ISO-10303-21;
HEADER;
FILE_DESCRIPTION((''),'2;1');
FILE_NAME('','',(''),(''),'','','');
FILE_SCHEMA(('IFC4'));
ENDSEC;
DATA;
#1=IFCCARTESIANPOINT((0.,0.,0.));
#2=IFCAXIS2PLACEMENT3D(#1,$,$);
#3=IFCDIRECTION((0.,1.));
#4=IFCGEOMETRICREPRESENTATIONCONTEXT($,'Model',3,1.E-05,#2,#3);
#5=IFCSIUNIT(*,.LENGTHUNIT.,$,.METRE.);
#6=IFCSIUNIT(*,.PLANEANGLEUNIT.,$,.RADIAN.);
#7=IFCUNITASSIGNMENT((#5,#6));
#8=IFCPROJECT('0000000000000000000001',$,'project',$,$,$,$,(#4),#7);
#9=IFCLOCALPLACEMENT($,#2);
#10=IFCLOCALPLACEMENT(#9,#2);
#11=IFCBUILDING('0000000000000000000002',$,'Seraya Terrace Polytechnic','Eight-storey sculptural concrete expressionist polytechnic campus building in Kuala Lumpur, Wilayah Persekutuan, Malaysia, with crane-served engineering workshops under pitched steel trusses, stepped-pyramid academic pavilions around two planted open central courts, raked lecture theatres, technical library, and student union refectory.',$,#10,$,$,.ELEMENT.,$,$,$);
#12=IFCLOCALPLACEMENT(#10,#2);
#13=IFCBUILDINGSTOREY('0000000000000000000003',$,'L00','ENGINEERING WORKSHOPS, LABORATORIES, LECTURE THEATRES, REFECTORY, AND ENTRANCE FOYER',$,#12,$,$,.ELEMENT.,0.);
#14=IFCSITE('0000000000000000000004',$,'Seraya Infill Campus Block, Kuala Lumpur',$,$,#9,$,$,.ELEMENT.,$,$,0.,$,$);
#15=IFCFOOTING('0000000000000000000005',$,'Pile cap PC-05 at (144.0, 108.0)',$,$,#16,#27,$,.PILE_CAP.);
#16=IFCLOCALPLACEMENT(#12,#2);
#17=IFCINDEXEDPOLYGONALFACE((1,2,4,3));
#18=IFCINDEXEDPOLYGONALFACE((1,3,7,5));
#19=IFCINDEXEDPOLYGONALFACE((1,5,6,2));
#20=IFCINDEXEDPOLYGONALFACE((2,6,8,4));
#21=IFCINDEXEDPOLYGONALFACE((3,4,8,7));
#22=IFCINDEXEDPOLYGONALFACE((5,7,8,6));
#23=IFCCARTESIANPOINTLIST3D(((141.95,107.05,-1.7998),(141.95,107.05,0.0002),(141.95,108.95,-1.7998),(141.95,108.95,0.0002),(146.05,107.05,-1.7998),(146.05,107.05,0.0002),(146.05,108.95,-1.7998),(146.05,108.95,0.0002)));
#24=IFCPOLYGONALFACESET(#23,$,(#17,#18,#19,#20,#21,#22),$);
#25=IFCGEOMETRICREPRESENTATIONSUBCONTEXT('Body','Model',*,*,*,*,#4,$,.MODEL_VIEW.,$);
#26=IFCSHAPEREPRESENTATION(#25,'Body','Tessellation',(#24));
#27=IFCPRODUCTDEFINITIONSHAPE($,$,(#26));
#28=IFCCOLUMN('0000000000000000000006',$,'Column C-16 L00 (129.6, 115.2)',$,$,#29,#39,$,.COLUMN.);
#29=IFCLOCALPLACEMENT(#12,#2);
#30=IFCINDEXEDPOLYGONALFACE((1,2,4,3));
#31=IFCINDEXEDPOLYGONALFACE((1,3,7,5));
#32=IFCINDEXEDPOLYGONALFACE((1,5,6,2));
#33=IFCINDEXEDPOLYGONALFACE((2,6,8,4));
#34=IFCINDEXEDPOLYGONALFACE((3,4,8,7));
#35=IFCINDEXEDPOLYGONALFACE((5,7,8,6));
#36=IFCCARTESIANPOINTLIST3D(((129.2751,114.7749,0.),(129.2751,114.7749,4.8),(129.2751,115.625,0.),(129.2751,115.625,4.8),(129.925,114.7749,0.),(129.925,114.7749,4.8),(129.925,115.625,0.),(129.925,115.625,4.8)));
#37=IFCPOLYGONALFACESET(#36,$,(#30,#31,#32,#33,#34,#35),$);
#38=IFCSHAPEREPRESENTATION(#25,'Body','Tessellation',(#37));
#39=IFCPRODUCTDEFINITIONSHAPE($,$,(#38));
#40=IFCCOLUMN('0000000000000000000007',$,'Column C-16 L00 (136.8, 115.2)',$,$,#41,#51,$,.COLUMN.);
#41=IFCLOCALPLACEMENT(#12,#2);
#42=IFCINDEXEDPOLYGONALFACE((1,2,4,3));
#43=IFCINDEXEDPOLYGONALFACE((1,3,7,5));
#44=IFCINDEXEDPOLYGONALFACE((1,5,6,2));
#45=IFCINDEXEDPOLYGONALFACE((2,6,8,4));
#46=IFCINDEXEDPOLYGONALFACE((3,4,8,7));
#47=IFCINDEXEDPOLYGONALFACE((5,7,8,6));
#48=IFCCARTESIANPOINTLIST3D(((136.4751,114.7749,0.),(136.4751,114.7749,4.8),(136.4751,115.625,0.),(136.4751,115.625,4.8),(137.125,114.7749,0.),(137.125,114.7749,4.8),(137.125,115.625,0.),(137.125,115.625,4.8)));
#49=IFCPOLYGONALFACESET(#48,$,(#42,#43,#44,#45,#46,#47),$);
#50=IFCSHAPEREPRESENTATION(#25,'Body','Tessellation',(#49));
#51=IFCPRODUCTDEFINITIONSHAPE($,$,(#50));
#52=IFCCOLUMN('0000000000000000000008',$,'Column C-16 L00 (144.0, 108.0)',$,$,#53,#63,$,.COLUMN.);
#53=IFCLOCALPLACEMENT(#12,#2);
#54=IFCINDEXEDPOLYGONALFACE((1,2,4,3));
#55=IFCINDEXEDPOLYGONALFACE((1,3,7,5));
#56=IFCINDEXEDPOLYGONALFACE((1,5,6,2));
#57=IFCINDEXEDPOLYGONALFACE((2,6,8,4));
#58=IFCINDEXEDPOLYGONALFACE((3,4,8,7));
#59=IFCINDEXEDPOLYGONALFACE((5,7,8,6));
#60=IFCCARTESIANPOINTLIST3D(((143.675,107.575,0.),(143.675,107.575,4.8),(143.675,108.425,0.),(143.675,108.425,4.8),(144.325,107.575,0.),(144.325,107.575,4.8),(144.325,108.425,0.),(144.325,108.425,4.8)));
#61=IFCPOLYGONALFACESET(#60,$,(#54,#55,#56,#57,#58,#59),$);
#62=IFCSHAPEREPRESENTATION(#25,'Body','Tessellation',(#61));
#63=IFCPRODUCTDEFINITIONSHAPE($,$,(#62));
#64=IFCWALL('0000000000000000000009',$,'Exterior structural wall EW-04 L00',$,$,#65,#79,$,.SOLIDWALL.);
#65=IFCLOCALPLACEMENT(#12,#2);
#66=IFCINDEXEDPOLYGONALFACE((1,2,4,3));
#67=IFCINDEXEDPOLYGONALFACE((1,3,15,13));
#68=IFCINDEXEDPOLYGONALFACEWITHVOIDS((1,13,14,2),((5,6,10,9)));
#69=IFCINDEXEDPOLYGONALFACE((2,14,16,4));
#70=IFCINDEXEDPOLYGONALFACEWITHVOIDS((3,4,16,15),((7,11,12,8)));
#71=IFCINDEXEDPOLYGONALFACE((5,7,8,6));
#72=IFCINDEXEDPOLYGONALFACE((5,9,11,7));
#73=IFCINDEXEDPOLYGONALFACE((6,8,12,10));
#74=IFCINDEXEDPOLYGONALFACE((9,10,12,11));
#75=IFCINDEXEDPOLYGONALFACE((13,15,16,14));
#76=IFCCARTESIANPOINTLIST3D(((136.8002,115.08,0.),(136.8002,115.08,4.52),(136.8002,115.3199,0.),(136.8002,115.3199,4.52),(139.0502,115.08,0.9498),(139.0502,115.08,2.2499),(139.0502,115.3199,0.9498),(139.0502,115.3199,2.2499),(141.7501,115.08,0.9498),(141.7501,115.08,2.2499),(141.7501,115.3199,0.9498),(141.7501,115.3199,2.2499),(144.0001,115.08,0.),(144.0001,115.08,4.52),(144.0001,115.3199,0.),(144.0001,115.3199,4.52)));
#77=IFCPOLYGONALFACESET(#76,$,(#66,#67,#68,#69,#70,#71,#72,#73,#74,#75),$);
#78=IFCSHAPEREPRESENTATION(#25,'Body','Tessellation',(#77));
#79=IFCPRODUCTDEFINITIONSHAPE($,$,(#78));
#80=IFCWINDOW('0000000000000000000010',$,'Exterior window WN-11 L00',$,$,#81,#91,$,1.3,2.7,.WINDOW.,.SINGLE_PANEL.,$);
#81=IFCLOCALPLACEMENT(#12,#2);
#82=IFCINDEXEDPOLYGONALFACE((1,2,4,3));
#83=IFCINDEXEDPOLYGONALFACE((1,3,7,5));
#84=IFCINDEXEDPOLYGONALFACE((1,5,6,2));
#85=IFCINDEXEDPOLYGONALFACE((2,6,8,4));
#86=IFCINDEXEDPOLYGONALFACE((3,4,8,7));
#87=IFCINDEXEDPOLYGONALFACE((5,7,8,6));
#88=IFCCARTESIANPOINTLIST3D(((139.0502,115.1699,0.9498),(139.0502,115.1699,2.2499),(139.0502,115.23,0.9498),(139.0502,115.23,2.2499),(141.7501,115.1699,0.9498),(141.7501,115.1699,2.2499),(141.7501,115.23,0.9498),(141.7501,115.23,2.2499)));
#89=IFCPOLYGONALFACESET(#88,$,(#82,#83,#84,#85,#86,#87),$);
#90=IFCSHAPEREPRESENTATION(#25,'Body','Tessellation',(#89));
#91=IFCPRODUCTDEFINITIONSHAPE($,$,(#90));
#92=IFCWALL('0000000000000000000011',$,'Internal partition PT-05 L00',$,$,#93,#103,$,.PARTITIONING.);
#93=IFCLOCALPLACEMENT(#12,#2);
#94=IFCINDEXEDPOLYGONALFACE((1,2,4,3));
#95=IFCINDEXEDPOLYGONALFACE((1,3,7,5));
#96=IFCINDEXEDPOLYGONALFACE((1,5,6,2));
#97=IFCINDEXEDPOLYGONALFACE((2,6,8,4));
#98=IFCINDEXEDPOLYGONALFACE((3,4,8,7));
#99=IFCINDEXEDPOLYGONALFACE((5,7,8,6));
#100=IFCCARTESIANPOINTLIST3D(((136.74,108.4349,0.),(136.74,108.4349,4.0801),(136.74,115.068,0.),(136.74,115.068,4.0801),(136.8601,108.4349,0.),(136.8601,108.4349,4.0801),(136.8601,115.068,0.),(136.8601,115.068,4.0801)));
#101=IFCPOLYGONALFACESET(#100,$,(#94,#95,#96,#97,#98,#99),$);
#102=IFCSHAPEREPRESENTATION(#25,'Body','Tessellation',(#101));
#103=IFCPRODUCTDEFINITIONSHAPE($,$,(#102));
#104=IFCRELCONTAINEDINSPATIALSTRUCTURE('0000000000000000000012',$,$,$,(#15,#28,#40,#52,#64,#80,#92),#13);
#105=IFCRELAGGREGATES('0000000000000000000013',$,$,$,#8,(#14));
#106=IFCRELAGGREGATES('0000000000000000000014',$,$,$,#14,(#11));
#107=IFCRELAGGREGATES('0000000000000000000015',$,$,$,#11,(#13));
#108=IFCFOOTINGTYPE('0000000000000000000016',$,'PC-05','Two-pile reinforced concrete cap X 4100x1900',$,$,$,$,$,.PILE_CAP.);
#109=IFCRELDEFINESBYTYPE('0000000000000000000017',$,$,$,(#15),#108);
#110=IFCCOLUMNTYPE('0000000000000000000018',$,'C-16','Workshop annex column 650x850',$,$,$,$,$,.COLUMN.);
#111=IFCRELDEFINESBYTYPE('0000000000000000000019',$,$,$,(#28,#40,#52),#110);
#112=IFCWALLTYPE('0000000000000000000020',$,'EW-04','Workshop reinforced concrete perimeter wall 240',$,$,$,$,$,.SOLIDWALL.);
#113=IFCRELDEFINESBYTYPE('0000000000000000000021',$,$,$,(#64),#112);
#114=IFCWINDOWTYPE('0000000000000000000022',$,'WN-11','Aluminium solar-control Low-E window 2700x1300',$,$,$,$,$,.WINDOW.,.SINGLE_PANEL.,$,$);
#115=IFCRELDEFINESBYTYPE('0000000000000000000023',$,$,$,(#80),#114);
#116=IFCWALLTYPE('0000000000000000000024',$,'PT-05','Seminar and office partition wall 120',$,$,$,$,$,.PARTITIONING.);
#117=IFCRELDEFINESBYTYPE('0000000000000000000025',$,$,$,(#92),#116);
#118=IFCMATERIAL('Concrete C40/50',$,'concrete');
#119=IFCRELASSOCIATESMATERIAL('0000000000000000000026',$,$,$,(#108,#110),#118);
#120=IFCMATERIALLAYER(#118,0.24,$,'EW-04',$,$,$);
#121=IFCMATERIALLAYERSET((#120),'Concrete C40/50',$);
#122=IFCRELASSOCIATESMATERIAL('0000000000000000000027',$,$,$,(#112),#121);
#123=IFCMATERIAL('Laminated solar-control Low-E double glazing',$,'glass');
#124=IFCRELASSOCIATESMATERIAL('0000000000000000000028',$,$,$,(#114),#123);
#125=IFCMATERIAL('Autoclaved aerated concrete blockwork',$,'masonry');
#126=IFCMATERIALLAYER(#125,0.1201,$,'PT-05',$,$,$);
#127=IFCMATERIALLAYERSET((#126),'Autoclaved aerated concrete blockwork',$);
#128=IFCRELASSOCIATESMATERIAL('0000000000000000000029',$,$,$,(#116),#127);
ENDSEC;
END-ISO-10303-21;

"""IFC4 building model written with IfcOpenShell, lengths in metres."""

from ifc_helpers import new_model, si_unit, direction, frame, frame_2d, origin, origin_2d, place, context, subcontext, project, spatial, rectangle, extrude, material, layer, layer_set, material_profile, profile_set, type_object, element, fill, save


model = new_model("IFC4")

# Units and contexts
model_context = context("Model", 3, precision=1e-05, world=origin(), true_north=direction((0.0, 1.0)))
body_context = subcontext(model_context, "Body", "Model", "MODEL_VIEW")
ifc_project = project(units=[si_unit("LENGTHUNIT", "METRE"), si_unit("PLANEANGLEUNIT", "RADIAN")], contexts=[model_context])

# Site, building, storey
site_placement = place(None, origin())
site = spatial("IfcSite", under=ifc_project, at=site_placement, Name="Seraya Infill Campus Block, Kuala Lumpur", CompositionType="ELEMENT", RefElevation=0.0)
building_placement = place(site_placement, origin())
building = spatial("IfcBuilding", under=site, at=building_placement, Name="Seraya Terrace Polytechnic", Description="Eight-storey sculptural concrete expressionist polytechnic campus building in Kuala Lumpur, Wilayah Persekutuan, Malaysia, with crane-served engineering workshops under pitched steel trusses, stepped-pyramid academic pavilions around two planted open central courts, raked lecture theatres, technical library, and student union refectory.", CompositionType="ELEMENT")
storey_placement = place(building_placement, origin())
storey = spatial("IfcBuildingStorey", under=building, at=storey_placement, Name="L00", Description="ENGINEERING WORKSHOPS, LABORATORIES, LECTURE THEATRES, REFECTORY, AND ENTRANCE FOYER", CompositionType="ELEMENT", Elevation=0.0)

# Shared definitions
ifc_material_1 = material(Name="Concrete C40/50", Category="concrete")

# Footing
footing_type_1 = type_object("IfcFootingType", Name="PC-05", Description="Two-pile reinforced concrete cap X 4100x1900", PredefinedType="PILE_CAP", material=ifc_material_1)
for number, where, z_axis, x_axis, name in (
    (1, (144.0, 108.0, -1.7998), (0.0, 0.0, 1.0), (1.0, 0.0, 0.0), "Pile cap PC-05 at (144.0, 108.0)"),
):
    element("IfcFooting", number, at=place(storey_placement, frame(where, z_axis=z_axis, x_axis=x_axis)), inside=storey, type_object=footing_type_1, Name=name, PredefinedType="PILE_CAP", context=body_context, shape_type="SweptSolid", body=[
        extrude(rectangle(XDim=4.1001, YDim=1.8999, at=origin_2d()), origin(), (0.0, 0.0, 1.0), 1.8),
    ])

# Columns
ifc_material_profile_1 = material_profile(ifc_material_1, rectangle(XDim=0.6499, YDim=0.8501, at=origin_2d()), Name="RC 650x850")
ifc_profile_set_1 = profile_set([ifc_material_profile_1], Name="Concrete C40/50")
column_type = type_object("IfcColumnType", Name="C-16", Description="Workshop annex column 650x850", PredefinedType="COLUMN", material=ifc_profile_set_1)
for number, where, z_axis, x_axis, name in (
    (2, (129.6001, 115.2, 0.0), (0.0, 0.0, 1.0), (1.0, 0.0, 0.0), "Column C-16 L00 (129.6, 115.2)"),
    (3, (136.8, 115.2, 0.0), (0.0, 0.0, 1.0), (1.0, 0.0, 0.0), "Column C-16 L00 (136.8, 115.2)"),
    (4, (144.0, 108.0, 0.0), (0.0, 0.0, 1.0), (1.0, 0.0, 0.0), "Column C-16 L00 (144.0, 108.0)"),
):
    element("IfcColumn", number, at=place(storey_placement, frame(where, z_axis=z_axis, x_axis=x_axis)), inside=storey, type_object=column_type, Name=name, PredefinedType="COLUMN", context=body_context, shape_type="SweptSolid", body=[
        extrude(rectangle(XDim=0.6499, YDim=0.8501, at=origin_2d()), origin(), (0.0, 0.0, 1.0), 4.8),
    ])

# Shared definitions
ifc_layer_1 = layer(ifc_material_1, 0.24, Name="EW-04")
ifc_layer_set_1 = layer_set([ifc_layer_1], Name="Concrete C40/50")
wall_type_1 = type_object("IfcWallType", Name="EW-04", Description="Workshop reinforced concrete perimeter wall 240", PredefinedType="SOLIDWALL", material=ifc_layer_set_1)

# Wall, opening, window
wall_1_placement = place(storey_placement, frame((136.8, 115.2, 0.0), z_axis=(0.0, 0.0, 1.0), x_axis=(1.0, 0.0, 0.0)))
wall_1 = element("IfcWall", 5, at=wall_1_placement, inside=storey, type_object=wall_type_1, Name="Exterior structural wall EW-04 L00", PredefinedType="SOLIDWALL", context=body_context, shape_type="SweptSolid", body=[
    extrude(rectangle(XDim=7.2, YDim=0.24, at=frame_2d((3.6001, 0.0))), origin(), (0.0, 0.0, 1.0), 4.52),
])
opening_1_placement = place(wall_1_placement, frame((2.25, 0.0, 0.95)))
opening_1 = element("IfcOpeningElement", 6, at=opening_1_placement, cuts=wall_1, PredefinedType="OPENING", context=body_context, shape_type="SweptSolid", body=[
    extrude(rectangle(XDim=2.7, YDim=1.3, at=frame_2d((1.3501, 0.6499))), frame((0.0, 0.1318, 0.0), z_axis=(0.0, -1.0, 0.0), x_axis=(1.0, 0.0, 0.0)), (0.0, 0.0, 1.0), 0.2639),
])
ifc_material_2 = material(Name="Laminated solar-control Low-E double glazing", Category="glass")
window_type = type_object("IfcWindowType", Name="WN-11", Description="Aluminium solar-control Low-E window 2700x1300", PartitioningType="SINGLE_PANEL", PredefinedType="WINDOW", material=ifc_material_2)
window_placement = place(opening_1_placement, origin())
window = element("IfcWindow", 7, at=window_placement, inside=storey, type_object=window_type, Name="Exterior window WN-11 L00", OverallHeight=1.3, OverallWidth=2.7, PartitioningType="SINGLE_PANEL", PredefinedType="WINDOW", context=body_context, shape_type="SweptSolid", body=[
    extrude(rectangle(XDim=2.7, YDim=1.3, at=frame_2d((1.3501, 0.6499))), frame((0.0, 0.03, 0.0), z_axis=(0.0, -1.0, 0.0), x_axis=(1.0, 0.0, 0.0)), (0.0, 0.0, 1.0), 0.0601),
])
fill(opening_1, window)

# Wall
ifc_material_3 = material(Name="Autoclaved aerated concrete blockwork", Category="masonry")
ifc_layer_2 = layer(ifc_material_3, 0.1201, Name="PT-05")
ifc_layer_set_2 = layer_set([ifc_layer_2], Name="Autoclaved aerated concrete blockwork")
wall_type_2 = type_object("IfcWallType", Name="PT-05", Description="Seminar and office partition wall 120", PredefinedType="PARTITIONING", material=ifc_layer_set_2)
wall_2_placement = place(storey_placement, frame((136.8, 108.4351, 0.0), z_axis=(0.0, 0.0, 1.0), x_axis=(0.0, 1.0, 0.0)))
element("IfcWall", 8, at=wall_2_placement, inside=storey, type_object=wall_type_2, Name="Internal partition PT-05 L00", PredefinedType="PARTITIONING", context=body_context, shape_type="SweptSolid", body=[
    extrude(rectangle(XDim=6.6331, YDim=0.1201, at=frame_2d((3.3164, 0.0))), origin(), (0.0, 0.0, 1.0), 4.0801),
])

save(model, "model.ifc")
